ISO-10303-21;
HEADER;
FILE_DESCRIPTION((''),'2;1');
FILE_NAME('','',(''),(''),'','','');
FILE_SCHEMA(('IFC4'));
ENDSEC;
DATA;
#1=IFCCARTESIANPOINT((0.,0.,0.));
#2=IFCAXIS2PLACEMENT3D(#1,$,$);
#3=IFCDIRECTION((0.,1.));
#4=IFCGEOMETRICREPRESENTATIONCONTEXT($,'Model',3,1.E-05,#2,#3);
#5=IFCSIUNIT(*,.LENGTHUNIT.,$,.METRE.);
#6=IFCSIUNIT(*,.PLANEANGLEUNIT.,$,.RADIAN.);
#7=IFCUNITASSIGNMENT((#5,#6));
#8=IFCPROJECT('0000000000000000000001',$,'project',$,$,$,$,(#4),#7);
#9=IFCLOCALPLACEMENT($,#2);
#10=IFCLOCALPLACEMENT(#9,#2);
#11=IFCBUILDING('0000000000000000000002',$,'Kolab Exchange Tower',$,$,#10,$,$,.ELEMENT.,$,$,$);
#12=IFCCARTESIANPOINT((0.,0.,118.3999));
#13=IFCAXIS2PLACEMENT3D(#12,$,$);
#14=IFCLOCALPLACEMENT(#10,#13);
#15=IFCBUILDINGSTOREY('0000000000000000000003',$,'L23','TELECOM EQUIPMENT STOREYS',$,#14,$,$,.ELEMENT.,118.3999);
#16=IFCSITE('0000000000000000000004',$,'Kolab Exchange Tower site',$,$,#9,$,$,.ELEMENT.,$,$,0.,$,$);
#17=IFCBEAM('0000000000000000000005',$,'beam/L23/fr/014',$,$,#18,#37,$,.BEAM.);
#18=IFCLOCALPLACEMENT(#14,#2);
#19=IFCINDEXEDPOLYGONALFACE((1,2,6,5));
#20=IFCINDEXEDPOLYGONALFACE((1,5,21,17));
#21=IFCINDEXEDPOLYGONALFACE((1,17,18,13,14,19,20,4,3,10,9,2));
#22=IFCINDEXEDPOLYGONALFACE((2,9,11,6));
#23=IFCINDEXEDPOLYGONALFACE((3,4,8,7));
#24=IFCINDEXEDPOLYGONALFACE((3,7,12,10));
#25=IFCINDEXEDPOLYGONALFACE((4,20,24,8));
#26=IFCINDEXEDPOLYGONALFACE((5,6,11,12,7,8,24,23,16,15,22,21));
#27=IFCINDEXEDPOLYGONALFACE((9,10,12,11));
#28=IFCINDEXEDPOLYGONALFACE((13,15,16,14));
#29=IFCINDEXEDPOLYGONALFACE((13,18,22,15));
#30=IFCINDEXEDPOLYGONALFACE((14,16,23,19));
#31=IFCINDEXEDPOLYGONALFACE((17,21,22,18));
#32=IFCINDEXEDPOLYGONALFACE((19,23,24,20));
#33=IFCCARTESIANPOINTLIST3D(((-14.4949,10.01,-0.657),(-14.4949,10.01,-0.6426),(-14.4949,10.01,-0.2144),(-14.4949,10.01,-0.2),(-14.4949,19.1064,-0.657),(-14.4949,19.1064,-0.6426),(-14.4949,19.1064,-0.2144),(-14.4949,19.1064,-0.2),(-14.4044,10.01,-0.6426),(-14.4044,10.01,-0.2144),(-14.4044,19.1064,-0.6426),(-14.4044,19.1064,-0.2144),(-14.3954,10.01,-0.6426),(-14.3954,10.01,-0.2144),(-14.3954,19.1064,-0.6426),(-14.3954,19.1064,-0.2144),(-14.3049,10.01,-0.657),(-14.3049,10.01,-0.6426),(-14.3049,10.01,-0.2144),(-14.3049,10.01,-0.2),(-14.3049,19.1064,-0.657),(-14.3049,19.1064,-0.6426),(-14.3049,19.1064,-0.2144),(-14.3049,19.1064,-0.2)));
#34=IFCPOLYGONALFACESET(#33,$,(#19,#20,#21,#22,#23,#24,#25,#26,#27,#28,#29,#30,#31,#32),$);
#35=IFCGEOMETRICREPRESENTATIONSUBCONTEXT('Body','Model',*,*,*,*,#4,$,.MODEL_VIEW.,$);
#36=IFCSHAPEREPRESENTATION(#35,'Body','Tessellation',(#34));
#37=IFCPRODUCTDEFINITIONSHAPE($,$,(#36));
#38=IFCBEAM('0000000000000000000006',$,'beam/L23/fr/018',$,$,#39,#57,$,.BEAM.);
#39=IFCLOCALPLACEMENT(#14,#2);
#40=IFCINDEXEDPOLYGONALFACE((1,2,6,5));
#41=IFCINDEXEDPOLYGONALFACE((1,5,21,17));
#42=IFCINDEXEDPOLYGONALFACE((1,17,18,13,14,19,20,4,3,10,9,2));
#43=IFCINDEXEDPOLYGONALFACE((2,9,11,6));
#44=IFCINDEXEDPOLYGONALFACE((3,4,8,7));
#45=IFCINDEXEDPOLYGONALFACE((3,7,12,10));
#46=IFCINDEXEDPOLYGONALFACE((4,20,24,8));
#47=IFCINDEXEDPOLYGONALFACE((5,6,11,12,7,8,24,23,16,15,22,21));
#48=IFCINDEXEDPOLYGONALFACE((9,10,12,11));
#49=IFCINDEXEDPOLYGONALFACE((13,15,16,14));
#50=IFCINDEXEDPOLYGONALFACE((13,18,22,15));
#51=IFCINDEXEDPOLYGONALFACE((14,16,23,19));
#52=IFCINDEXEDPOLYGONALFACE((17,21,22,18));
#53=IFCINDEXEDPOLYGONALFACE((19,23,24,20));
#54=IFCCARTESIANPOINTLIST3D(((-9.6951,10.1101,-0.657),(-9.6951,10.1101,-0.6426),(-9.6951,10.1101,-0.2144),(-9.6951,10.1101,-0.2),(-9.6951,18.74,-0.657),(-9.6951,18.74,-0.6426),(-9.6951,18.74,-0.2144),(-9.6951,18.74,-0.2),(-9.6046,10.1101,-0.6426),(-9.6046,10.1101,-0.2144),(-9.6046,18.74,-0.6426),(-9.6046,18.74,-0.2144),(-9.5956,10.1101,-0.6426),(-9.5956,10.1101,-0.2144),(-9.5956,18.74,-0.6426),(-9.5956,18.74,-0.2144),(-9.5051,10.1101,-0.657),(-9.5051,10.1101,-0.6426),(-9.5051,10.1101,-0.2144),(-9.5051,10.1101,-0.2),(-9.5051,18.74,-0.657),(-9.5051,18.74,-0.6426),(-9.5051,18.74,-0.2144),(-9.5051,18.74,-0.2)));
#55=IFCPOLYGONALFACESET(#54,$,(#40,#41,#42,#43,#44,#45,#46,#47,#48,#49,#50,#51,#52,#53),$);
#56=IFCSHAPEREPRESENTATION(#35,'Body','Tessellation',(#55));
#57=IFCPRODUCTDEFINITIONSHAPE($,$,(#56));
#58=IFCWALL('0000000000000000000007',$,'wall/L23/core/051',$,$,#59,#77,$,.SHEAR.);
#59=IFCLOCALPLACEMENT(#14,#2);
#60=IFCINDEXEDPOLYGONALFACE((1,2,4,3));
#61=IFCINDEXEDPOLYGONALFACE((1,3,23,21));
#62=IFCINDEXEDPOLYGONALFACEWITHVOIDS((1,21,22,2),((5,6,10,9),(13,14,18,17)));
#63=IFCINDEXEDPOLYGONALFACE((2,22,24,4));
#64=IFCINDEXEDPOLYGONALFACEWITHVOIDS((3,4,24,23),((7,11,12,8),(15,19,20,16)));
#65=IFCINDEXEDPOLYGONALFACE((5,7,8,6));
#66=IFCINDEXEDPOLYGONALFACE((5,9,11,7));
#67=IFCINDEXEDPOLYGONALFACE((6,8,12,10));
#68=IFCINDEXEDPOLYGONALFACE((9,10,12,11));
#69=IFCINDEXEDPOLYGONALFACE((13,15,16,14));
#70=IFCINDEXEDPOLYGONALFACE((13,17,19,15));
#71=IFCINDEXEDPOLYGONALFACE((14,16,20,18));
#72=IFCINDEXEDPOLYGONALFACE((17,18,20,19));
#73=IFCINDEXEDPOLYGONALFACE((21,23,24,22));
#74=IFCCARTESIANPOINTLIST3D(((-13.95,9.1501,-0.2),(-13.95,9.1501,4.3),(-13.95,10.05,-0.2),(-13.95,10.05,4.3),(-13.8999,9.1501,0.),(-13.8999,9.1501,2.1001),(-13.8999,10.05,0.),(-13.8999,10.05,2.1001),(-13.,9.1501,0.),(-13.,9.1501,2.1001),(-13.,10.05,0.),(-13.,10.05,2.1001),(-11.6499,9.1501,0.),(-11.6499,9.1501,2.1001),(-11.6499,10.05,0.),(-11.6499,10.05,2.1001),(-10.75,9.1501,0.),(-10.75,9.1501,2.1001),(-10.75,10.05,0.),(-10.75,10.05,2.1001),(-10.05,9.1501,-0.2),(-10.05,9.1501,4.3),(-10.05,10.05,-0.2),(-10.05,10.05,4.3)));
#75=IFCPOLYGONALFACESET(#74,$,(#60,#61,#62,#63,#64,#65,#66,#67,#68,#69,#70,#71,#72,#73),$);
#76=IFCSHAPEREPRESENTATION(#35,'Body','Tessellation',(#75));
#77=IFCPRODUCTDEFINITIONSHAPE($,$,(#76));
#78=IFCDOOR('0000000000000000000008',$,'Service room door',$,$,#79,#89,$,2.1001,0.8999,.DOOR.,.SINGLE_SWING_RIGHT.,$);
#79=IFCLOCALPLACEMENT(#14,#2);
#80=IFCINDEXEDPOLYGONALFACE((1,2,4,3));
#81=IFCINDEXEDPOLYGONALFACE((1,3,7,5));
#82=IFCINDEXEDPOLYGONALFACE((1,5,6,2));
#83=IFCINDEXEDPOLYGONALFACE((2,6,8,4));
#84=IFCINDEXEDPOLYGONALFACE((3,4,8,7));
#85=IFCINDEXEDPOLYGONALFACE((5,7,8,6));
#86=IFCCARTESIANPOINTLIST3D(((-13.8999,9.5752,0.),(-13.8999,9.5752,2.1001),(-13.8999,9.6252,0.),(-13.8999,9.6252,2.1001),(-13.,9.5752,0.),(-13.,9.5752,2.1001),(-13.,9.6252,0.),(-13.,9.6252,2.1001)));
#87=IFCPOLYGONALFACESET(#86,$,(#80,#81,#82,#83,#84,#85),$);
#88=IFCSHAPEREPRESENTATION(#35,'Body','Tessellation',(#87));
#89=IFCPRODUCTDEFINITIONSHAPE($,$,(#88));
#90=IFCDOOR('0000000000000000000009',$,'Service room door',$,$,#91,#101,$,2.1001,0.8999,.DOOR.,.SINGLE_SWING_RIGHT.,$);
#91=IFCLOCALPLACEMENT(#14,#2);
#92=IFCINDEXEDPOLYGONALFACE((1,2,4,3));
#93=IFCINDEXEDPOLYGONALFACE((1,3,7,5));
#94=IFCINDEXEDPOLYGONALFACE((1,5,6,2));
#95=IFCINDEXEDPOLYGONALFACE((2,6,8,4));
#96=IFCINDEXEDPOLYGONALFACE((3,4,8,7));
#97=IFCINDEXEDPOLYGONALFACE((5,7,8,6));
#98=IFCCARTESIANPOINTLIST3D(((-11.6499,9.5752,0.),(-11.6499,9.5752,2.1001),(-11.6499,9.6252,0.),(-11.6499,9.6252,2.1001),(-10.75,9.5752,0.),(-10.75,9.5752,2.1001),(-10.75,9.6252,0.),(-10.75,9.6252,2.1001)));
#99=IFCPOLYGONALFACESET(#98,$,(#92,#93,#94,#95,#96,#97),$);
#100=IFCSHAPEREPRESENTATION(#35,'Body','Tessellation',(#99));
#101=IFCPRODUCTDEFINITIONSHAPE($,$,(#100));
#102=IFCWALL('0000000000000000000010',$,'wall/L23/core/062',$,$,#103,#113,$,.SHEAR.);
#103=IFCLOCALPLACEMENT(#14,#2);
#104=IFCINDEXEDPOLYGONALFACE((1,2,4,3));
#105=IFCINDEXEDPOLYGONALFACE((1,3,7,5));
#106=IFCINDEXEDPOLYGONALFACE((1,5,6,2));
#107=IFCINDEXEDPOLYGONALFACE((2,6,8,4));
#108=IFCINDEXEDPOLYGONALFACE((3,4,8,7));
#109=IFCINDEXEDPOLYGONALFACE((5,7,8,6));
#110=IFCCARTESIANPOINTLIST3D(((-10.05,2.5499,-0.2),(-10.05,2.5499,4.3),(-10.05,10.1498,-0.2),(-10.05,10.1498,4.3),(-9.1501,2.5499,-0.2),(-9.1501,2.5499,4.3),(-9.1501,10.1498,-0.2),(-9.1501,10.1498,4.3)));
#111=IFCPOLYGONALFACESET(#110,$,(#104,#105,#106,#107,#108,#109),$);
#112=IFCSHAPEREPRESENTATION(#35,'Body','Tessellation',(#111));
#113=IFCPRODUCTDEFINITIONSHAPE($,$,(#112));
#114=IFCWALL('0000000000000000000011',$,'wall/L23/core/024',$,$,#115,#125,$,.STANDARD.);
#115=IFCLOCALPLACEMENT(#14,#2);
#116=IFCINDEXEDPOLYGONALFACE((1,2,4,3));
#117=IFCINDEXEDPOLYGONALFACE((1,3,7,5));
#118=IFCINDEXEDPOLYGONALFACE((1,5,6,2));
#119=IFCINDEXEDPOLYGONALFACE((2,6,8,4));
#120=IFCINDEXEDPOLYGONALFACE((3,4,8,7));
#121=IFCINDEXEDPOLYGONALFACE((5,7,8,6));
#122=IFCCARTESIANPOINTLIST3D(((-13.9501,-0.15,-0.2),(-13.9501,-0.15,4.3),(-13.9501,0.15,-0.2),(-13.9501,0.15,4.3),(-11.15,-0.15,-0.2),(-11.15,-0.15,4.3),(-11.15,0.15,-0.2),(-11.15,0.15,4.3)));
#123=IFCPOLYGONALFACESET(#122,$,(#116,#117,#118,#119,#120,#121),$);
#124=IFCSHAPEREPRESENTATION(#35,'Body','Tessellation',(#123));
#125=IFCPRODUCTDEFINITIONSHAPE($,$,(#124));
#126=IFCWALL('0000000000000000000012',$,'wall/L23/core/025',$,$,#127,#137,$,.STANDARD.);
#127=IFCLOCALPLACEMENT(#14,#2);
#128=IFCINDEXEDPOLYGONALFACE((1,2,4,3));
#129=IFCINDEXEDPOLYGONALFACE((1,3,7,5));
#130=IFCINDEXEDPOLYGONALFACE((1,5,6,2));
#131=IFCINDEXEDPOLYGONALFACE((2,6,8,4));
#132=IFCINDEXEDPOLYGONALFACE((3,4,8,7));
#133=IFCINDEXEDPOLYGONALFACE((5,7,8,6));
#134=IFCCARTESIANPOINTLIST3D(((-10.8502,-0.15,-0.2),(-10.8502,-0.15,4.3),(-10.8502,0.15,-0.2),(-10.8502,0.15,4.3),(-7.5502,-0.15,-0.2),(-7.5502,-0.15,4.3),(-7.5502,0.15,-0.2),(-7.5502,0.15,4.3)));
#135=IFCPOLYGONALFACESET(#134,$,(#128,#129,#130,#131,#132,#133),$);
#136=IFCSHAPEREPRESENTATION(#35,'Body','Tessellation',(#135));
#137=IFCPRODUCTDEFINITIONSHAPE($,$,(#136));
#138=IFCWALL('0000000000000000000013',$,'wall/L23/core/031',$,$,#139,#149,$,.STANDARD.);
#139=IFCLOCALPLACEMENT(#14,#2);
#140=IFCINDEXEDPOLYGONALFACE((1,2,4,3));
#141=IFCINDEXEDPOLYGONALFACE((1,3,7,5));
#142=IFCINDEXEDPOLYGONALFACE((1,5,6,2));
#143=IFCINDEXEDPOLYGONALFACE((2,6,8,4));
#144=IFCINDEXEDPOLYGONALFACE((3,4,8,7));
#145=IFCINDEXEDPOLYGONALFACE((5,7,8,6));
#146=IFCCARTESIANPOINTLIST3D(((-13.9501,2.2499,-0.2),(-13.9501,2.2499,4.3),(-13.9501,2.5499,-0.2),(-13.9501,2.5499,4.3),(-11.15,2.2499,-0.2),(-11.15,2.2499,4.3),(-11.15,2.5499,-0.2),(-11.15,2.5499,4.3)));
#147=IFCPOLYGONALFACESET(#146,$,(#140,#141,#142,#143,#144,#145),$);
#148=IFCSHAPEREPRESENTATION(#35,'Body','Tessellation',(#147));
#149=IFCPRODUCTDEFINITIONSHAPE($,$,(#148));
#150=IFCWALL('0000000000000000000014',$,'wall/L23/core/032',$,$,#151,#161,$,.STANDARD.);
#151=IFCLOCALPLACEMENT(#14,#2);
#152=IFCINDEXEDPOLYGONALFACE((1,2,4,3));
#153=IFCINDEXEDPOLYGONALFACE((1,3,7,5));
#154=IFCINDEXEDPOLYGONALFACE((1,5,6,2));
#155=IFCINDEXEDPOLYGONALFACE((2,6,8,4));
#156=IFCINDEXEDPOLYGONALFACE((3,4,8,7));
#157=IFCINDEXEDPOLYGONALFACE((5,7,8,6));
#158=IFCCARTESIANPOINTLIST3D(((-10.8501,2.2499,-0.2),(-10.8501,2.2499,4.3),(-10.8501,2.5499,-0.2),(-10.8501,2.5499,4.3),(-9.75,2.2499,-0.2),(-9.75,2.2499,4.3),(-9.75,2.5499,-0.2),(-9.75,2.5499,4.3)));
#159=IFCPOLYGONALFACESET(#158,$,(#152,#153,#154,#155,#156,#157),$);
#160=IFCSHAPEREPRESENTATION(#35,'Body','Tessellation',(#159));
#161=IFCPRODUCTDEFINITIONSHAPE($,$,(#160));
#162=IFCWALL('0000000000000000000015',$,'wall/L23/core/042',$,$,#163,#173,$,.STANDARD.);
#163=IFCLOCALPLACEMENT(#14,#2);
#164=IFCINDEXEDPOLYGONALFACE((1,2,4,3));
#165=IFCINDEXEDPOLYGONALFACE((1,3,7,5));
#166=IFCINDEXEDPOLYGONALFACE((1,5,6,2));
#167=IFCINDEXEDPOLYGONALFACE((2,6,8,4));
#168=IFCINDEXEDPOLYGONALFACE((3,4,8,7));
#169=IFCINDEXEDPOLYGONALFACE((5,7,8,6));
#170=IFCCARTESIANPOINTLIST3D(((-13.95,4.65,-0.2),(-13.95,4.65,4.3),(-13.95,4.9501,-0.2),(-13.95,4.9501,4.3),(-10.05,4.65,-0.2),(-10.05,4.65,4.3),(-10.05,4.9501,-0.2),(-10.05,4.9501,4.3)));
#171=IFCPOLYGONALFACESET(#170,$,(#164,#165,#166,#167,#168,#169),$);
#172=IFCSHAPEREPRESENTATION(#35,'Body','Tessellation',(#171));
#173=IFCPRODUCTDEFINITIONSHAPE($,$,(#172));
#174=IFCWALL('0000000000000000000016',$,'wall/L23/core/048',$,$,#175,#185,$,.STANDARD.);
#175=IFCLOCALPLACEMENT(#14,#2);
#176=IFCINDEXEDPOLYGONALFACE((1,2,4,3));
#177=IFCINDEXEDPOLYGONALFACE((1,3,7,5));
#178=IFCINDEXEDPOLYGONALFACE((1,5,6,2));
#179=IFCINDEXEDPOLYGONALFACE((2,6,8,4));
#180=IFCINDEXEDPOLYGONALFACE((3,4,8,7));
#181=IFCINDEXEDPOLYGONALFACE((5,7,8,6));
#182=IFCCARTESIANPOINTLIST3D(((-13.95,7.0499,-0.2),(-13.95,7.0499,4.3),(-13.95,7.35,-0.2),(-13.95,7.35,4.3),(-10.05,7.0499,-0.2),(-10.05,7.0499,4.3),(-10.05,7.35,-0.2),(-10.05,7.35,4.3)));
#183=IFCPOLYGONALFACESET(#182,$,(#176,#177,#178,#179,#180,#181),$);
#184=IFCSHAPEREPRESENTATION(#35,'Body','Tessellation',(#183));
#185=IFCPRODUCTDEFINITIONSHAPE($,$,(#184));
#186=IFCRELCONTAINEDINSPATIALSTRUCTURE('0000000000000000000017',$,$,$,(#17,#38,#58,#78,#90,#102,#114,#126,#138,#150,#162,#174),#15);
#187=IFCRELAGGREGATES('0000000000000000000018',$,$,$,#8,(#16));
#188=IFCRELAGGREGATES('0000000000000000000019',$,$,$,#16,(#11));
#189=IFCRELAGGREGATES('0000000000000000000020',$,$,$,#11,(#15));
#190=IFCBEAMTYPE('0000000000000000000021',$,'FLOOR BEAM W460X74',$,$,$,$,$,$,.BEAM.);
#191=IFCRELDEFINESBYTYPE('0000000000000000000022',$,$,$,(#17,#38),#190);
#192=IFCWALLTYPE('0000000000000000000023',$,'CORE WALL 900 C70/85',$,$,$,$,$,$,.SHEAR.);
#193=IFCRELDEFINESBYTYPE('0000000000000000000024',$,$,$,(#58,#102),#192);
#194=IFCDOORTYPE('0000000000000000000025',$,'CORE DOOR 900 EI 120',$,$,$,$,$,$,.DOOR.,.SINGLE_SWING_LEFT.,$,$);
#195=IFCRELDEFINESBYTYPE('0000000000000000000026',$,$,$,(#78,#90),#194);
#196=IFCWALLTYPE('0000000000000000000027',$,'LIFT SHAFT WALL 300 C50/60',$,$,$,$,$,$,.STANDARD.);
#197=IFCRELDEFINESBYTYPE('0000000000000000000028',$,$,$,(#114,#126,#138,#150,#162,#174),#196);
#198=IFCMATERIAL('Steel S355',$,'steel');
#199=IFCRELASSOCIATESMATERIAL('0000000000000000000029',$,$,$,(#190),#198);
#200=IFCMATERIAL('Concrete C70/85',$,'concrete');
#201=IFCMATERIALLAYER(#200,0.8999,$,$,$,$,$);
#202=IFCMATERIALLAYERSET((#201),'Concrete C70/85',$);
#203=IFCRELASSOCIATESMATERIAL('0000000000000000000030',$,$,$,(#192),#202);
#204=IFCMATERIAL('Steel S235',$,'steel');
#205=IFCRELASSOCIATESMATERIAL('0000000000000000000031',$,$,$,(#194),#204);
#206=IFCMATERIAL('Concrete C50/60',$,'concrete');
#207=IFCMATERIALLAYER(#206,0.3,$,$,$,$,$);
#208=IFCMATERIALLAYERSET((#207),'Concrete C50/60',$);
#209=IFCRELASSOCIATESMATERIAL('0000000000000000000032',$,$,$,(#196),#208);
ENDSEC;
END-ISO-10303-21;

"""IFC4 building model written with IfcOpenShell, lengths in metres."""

from ifc_helpers import new_model, si_unit, direction, frame, frame_2d, origin, origin_2d, place, context, subcontext, project, spatial, rectangle, i_section, extrude, material, layer, layer_set, material_profile, profile_set, type_object, element, fill, save


model = new_model("IFC4")

# Units and contexts
model_context = context("Model", 3, precision=1e-05, world=origin(), true_north=direction((0.0, 1.0)))
body_context = subcontext(model_context, "Body", "Model", "MODEL_VIEW")
ifc_project = project(units=[si_unit("LENGTHUNIT", "METRE"), si_unit("PLANEANGLEUNIT", "RADIAN")], contexts=[model_context])

# Site, building, storey
site_placement = place(None, origin())
site = spatial("IfcSite", under=ifc_project, at=site_placement, Name="Kolab Exchange Tower site", CompositionType="ELEMENT", RefElevation=0.0)
building_placement = place(site_placement, origin())
building = spatial("IfcBuilding", under=site, at=building_placement, Name="Kolab Exchange Tower", CompositionType="ELEMENT")
storey_placement = place(building_placement, frame((0.0, 0.0, 118.3999)))
storey = spatial("IfcBuildingStorey", under=building, at=storey_placement, Name="L23", Description="TELECOM EQUIPMENT STOREYS", CompositionType="ELEMENT", Elevation=118.3999)

# Beams
ifc_material_1 = material(Name="Steel S355", Category="steel")
ifc_material_profile = material_profile(ifc_material_1, i_section(OverallWidth=0.1899, OverallDepth=0.457, WebThickness=0.009, FlangeThickness=0.0144, at=origin_2d()), Name="W460X74")
ifc_profile_set = profile_set([ifc_material_profile], Name="Steel S355")
beam_type = type_object("IfcBeamType", Name="FLOOR BEAM W460X74", PredefinedType="BEAM", material=ifc_profile_set)
beam_1_placement = place(storey_placement, frame((-14.3999, 10.01, -0.4285), z_axis=(0.0, 1.0, 0.0), x_axis=(-1.0, 0.0, 0.0)))
element("IfcBeam", 1, at=beam_1_placement, inside=storey, type_object=beam_type, Name="beam/L23/fr/014", PredefinedType="BEAM", context=body_context, shape_type="SweptSolid", body=[
    extrude(i_section(OverallWidth=0.1899, OverallDepth=0.457, WebThickness=0.009, FlangeThickness=0.0144, at=origin_2d()), origin(), (0.0, 0.0, 1.0), 9.0964),
])
beam_2_placement = place(storey_placement, frame((-9.6001, 10.1101, -0.4285), z_axis=(0.0, 1.0, 0.0), x_axis=(-1.0, 0.0, 0.0)))
element("IfcBeam", 2, at=beam_2_placement, inside=storey, type_object=beam_type, Name="beam/L23/fr/018", PredefinedType="BEAM", context=body_context, shape_type="SweptSolid", body=[
    extrude(i_section(OverallWidth=0.1899, OverallDepth=0.457, WebThickness=0.009, FlangeThickness=0.0144, at=origin_2d()), origin(), (0.0, 0.0, 1.0), 8.6299),
])

# Wall, openings, doors
ifc_material_2 = material(Name="Concrete C70/85", Category="concrete")
ifc_layer_1 = layer(ifc_material_2, 0.8999)
ifc_layer_set_1 = layer_set([ifc_layer_1], Name="Concrete C70/85")
wall_type_1 = type_object("IfcWallType", Name="CORE WALL 900 C70/85", PredefinedType="SHEAR", material=ifc_layer_set_1)
wall_1_placement = place(storey_placement, frame((-13.95, 9.6001, -0.2), z_axis=(0.0, 0.0, 1.0), x_axis=(1.0, 0.0, 0.0)))
wall_1 = element("IfcWall", 3, at=wall_1_placement, inside=storey, type_object=wall_type_1, Name="wall/L23/core/051", PredefinedType="SHEAR", context=body_context, shape_type="SweptSolid", body=[
    extrude(rectangle(XDim=3.8999, YDim=0.8999, at=frame_2d((1.95, 0.0))), origin(), (0.0, 0.0, 1.0), 4.5),
])
opening_1_placement = place(wall_1_placement, frame((0.05, 0.0, 0.2)))
opening_1 = element("IfcOpeningElement", 4, at=opening_1_placement, cuts=wall_1, PredefinedType="OPENING", context=body_context, shape_type="SweptSolid", body=[
    extrude(rectangle(XDim=0.8999, YDim=2.1001, at=frame_2d((0.45, 1.05))), frame((0.0, 0.46, 0.0), z_axis=(0.0, -1.0, 0.0), x_axis=(1.0, 0.0, 0.0)), (0.0, 0.0, 1.0), 0.9199),
])
opening_2_placement = place(wall_1_placement, frame((2.3, 0.0, 0.2)))
opening_2 = element("IfcOpeningElement", 5, at=opening_2_placement, cuts=wall_1, PredefinedType="OPENING", context=body_context, shape_type="SweptSolid", body=[
    extrude(rectangle(XDim=0.8999, YDim=2.1001, at=frame_2d((0.45, 1.05))), frame((0.0, 0.46, 0.0), z_axis=(0.0, -1.0, 0.0), x_axis=(1.0, 0.0, 0.0)), (0.0, 0.0, 1.0), 0.9199),
])
ifc_material_3 = material(Name="Steel S235", Category="steel")
door_type_1 = type_object("IfcDoorType", Name="CORE DOOR 900 EI 120", OperationType="SINGLE_SWING_LEFT", PredefinedType="DOOR", material=ifc_material_3)
door_1_placement = place(opening_1_placement, frame((0.8999, 0.0, 0.0), z_axis=(0.0, 0.0, 1.0), x_axis=(-1.0, 0.0, 0.0)))
door_1 = element("IfcDoor", 6, at=door_1_placement, inside=storey, type_object=door_type_1, Name="Service room door", OperationType="SINGLE_SWING_RIGHT", OverallHeight=2.1001, OverallWidth=0.8999, PredefinedType="DOOR", context=body_context, shape_type="SweptSolid", body=[
    extrude(rectangle(XDim=0.8999, YDim=2.1001, at=frame_2d((0.45, 1.05))), frame((0.0, 0.0249, 0.0), z_axis=(0.0, -1.0, 0.0), x_axis=(1.0, 0.0, 0.0)), (0.0, 0.0, 1.0), 0.05),
])
fill(opening_1, door_1)
door_2_placement = place(opening_2_placement, frame((0.8999, 0.0, 0.0), z_axis=(0.0, 0.0, 1.0), x_axis=(-1.0, 0.0, 0.0)))
door_2 = element("IfcDoor", 7, at=door_2_placement, inside=storey, type_object=door_type_1, Name="Service room door", OperationType="SINGLE_SWING_RIGHT", OverallHeight=2.1001, OverallWidth=0.8999, PredefinedType="DOOR", context=body_context, shape_type="SweptSolid", body=[
    extrude(rectangle(XDim=0.8999, YDim=2.1001, at=frame_2d((0.45, 1.05))), frame((0.0, 0.0249, 0.0), z_axis=(0.0, -1.0, 0.0), x_axis=(1.0, 0.0, 0.0)), (0.0, 0.0, 1.0), 0.05),
])
fill(opening_2, door_2)

# Walls
wall_2_placement = place(storey_placement, frame((-9.6001, 2.55, -0.2), z_axis=(0.0, 0.0, 1.0), x_axis=(0.0, 1.0, 0.0)))
element("IfcWall", 8, at=wall_2_placement, inside=storey, type_object=wall_type_1, Name="wall/L23/core/062", PredefinedType="SHEAR", context=body_context, shape_type="SweptSolid", body=[
    extrude(rectangle(XDim=7.5999, YDim=0.8999, at=frame_2d((3.7998, 0.0))), origin(), (0.0, 0.0, 1.0), 4.5),
])
ifc_material_4 = material(Name="Concrete C50/60", Category="concrete")
ifc_layer_2 = layer(ifc_material_4, 0.3)
ifc_layer_set_2 = layer_set([ifc_layer_2], Name="Concrete C50/60")
wall_type_2 = type_object("IfcWallType", Name="LIFT SHAFT WALL 300 C50/60", PredefinedType="STANDARD", material=ifc_layer_set_2)
wall_3_placement = place(storey_placement, frame((-13.95, 0.0, -0.2), z_axis=(0.0, 0.0, 1.0), x_axis=(1.0, 0.0, 0.0)))
element("IfcWall", 9, at=wall_3_placement, inside=storey, type_object=wall_type_2, Name="wall/L23/core/024", PredefinedType="STANDARD", context=body_context, shape_type="SweptSolid", body=[
    extrude(rectangle(XDim=2.8, YDim=0.3, at=frame_2d((1.3999, 0.0))), origin(), (0.0, 0.0, 1.0), 4.5),
])
wall_4_placement = place(storey_placement, frame((-10.8501, 0.0, -0.2), z_axis=(0.0, 0.0, 1.0), x_axis=(1.0, 0.0, 0.0)))
element("IfcWall", 10, at=wall_4_placement, inside=storey, type_object=wall_type_2, Name="wall/L23/core/025", PredefinedType="STANDARD", context=body_context, shape_type="SweptSolid", body=[
    extrude(rectangle(XDim=3.3, YDim=0.3, at=frame_2d((1.6499, 0.0))), origin(), (0.0, 0.0, 1.0), 4.5),
])
wall_5_placement = place(storey_placement, frame((-13.95, 2.3999, -0.2), z_axis=(0.0, 0.0, 1.0), x_axis=(1.0, 0.0, 0.0)))
element("IfcWall", 11, at=wall_5_placement, inside=storey, type_object=wall_type_2, Name="wall/L23/core/031", PredefinedType="STANDARD", context=body_context, shape_type="SweptSolid", body=[
    extrude(rectangle(XDim=2.8, YDim=0.3, at=frame_2d((1.3999, 0.0))), origin(), (0.0, 0.0, 1.0), 4.5),
])
wall_6_placement = place(storey_placement, frame((-10.8501, 2.3999, -0.2), z_axis=(0.0, 0.0, 1.0), x_axis=(1.0, 0.0, 0.0)))
element("IfcWall", 12, at=wall_6_placement, inside=storey, type_object=wall_type_2, Name="wall/L23/core/032", PredefinedType="STANDARD", context=body_context, shape_type="SweptSolid", body=[
    extrude(rectangle(XDim=1.1001, YDim=0.3, at=frame_2d((0.55, 0.0))), origin(), (0.0, 0.0, 1.0), 4.5),
])
for number, where, z_axis, x_axis, name in (
    (13, (-13.95, 4.8, -0.2), (0.0, 0.0, 1.0), (1.0, 0.0, 0.0), "wall/L23/core/042"),
    (14, (-13.95, 7.2, -0.2), (0.0, 0.0, 1.0), (1.0, 0.0, 0.0), "wall/L23/core/048"),
):
    element("IfcWall", number, at=place(storey_placement, frame(where, z_axis=z_axis, x_axis=x_axis)), inside=storey, type_object=wall_type_2, Name=name, PredefinedType="STANDARD", context=body_context, shape_type="SweptSolid", body=[
        extrude(rectangle(XDim=3.8999, YDim=0.3, at=frame_2d((1.95, 0.0))), origin(), (0.0, 0.0, 1.0), 4.5),
    ])

save(model, "model.ifc")
